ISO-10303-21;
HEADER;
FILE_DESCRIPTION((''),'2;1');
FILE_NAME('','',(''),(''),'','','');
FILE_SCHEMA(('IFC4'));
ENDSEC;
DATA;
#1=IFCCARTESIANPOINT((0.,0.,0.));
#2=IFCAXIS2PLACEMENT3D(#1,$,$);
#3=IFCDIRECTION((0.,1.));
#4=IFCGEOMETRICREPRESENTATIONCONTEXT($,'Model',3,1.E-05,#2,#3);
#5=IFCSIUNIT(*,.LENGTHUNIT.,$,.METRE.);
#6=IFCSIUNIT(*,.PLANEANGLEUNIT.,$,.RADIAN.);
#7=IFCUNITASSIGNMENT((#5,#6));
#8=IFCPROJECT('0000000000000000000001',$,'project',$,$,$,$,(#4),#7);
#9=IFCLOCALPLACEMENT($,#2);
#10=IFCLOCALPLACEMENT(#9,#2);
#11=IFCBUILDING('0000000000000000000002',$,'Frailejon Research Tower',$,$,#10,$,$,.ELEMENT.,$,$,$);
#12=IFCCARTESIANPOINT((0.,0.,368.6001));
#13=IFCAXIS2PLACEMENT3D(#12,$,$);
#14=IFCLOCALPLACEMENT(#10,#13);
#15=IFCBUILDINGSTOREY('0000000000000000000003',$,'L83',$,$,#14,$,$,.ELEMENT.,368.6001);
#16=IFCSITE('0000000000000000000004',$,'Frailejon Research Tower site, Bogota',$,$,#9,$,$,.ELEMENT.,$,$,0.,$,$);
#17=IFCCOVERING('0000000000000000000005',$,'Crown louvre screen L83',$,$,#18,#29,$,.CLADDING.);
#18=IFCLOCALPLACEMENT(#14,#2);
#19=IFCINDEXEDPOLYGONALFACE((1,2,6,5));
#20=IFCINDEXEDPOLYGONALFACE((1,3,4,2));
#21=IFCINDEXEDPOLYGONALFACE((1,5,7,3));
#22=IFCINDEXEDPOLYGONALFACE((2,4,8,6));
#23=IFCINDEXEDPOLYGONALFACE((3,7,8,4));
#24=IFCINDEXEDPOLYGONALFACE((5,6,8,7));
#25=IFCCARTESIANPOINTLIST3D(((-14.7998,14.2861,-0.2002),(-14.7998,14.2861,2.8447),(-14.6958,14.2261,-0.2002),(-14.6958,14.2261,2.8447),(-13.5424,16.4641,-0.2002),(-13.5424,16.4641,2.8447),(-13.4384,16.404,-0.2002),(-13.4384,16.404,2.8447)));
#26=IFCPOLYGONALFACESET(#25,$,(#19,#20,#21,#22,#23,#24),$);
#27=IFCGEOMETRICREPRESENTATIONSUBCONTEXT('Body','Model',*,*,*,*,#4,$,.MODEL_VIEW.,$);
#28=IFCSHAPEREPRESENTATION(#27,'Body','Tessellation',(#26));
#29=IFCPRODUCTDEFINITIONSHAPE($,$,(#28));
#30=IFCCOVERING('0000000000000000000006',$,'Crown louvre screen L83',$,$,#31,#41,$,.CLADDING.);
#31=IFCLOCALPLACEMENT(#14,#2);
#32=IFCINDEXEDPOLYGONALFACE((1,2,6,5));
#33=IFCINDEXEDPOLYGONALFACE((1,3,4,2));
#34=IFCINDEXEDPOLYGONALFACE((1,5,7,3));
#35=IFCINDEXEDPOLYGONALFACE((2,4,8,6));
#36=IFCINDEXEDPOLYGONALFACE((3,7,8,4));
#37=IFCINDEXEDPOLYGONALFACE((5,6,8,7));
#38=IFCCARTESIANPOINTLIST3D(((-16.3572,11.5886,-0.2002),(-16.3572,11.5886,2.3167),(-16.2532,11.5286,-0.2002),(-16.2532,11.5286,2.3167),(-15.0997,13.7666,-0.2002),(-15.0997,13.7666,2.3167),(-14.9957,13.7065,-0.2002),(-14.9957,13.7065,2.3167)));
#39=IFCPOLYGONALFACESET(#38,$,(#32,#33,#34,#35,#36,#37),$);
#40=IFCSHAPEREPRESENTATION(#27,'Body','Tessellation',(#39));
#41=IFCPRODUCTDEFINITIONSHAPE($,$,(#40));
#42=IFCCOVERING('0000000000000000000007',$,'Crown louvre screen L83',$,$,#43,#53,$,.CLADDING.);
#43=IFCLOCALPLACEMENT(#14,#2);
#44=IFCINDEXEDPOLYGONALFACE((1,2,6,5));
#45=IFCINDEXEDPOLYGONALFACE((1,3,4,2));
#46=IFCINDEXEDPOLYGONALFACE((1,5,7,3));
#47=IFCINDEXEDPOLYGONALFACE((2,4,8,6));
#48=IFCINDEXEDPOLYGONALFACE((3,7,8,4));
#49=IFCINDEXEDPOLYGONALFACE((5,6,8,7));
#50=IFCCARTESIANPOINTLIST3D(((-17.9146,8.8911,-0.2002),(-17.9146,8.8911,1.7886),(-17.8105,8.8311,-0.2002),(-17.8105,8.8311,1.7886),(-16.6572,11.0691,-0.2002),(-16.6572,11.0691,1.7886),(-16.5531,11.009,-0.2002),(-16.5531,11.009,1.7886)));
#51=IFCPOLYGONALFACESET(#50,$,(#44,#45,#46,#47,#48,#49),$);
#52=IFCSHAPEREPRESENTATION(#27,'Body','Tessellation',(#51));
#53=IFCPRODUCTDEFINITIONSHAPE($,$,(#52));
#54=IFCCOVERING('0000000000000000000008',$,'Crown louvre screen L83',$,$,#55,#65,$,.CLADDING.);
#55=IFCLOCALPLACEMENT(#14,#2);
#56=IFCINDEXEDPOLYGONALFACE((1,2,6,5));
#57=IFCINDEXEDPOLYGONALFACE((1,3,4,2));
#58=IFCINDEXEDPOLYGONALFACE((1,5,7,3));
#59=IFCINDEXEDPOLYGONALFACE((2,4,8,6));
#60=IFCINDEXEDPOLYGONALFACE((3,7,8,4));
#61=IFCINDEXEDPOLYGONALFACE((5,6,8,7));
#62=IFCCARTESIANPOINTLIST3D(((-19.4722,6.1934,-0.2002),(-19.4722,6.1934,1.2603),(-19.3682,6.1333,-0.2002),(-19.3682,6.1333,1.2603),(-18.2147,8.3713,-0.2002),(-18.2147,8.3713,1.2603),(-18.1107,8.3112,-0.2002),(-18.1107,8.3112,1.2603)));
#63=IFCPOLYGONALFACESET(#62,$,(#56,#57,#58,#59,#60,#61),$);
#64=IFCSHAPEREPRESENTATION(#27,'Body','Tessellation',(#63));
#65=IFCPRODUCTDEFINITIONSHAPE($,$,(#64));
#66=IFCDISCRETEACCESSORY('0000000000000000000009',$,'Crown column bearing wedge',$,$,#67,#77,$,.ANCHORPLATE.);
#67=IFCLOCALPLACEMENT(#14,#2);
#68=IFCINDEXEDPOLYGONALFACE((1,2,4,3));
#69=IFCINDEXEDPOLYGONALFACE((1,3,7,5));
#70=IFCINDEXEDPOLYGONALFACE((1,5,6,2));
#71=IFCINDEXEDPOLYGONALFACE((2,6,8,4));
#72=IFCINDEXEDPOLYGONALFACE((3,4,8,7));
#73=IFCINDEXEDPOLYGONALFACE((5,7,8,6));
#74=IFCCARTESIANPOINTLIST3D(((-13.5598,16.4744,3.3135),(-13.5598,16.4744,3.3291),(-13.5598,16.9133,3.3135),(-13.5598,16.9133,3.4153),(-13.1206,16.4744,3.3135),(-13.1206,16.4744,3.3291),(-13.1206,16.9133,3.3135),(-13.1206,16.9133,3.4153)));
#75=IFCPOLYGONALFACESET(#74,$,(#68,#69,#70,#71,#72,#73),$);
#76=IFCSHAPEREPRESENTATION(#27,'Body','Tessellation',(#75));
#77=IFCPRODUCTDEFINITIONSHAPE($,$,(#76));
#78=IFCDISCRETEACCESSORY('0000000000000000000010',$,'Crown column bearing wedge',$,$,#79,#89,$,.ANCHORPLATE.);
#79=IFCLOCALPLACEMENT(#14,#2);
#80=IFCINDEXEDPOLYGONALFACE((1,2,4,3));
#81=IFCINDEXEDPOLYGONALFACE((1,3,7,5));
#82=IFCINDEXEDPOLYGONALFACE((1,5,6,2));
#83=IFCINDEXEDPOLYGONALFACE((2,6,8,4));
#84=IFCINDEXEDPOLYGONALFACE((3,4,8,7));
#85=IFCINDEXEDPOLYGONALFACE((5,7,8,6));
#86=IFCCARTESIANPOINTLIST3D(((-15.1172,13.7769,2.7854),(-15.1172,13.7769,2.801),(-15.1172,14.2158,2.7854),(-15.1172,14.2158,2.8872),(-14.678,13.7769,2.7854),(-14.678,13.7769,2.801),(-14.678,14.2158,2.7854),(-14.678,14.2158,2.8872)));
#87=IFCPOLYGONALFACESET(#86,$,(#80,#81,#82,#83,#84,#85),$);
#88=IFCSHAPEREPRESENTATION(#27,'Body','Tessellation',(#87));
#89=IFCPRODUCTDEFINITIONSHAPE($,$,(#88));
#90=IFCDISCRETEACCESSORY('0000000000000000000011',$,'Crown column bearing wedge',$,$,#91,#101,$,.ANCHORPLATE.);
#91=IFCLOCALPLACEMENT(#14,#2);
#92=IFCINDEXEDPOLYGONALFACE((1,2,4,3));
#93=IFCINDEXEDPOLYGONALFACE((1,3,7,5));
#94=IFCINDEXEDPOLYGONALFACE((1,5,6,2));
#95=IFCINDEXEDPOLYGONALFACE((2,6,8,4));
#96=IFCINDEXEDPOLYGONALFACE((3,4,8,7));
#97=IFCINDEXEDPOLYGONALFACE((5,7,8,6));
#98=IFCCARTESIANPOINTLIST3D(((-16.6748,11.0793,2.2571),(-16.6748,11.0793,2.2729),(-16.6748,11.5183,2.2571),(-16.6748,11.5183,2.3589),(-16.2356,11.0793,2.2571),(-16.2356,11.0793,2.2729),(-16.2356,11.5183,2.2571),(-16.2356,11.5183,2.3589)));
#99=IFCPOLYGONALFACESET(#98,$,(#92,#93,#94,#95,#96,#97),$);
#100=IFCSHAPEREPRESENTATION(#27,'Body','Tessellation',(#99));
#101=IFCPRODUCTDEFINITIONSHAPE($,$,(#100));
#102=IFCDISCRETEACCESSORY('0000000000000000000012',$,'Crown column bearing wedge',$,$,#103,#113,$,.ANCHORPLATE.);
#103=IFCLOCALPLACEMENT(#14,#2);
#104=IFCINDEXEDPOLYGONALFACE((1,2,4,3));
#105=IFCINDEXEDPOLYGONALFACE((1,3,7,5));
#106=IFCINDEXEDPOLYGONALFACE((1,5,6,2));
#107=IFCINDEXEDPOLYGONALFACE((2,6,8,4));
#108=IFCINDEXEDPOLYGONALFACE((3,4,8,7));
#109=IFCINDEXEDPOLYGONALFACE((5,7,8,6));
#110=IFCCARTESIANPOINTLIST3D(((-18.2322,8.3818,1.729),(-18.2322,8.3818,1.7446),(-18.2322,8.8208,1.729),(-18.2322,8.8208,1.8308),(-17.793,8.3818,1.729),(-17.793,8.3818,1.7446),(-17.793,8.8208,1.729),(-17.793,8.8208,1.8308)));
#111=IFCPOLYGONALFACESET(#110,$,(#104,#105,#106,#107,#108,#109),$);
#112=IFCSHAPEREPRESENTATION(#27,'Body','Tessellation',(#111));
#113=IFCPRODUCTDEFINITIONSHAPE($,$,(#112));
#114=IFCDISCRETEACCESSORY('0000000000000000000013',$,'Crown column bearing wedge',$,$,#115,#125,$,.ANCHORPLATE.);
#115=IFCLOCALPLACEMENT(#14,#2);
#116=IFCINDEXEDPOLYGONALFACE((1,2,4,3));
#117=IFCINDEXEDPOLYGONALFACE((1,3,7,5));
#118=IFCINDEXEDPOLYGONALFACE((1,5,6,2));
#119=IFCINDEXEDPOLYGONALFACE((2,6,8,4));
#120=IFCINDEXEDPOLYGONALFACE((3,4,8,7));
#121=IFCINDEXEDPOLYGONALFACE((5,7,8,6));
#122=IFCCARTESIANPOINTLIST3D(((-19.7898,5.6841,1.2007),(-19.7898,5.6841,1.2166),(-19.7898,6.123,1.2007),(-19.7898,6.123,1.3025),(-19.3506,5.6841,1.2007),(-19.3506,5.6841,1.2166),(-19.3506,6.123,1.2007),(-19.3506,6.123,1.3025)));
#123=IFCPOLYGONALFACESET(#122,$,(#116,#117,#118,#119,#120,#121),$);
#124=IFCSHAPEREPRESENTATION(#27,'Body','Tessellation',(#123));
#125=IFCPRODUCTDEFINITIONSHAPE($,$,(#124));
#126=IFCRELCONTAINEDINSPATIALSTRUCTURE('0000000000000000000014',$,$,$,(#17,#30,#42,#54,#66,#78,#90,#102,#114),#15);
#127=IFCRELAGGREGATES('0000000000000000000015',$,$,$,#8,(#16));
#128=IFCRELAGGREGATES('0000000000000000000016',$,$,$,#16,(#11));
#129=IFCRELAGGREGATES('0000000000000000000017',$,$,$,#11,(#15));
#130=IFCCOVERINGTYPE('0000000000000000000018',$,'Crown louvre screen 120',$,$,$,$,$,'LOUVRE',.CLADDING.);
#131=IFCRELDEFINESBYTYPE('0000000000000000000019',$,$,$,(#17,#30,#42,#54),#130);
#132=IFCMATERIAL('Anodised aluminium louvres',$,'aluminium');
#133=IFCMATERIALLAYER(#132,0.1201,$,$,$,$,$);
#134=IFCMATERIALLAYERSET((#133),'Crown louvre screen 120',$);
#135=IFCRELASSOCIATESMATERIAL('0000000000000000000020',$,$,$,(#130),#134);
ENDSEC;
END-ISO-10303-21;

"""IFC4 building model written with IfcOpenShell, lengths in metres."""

from ifc_helpers import new_model, si_unit, direction, frame, origin, place, context, subcontext, project, spatial, polyline, outline, extrude, material, layer, layer_set, type_object, element, save


model = new_model("IFC4")

# Units and contexts
model_context = context("Model", 3, precision=1e-05, world=origin(), true_north=direction((0.0, 1.0)))
body_context = subcontext(model_context, "Body", "Model", "MODEL_VIEW")
ifc_project = project(units=[si_unit("LENGTHUNIT", "METRE"), si_unit("PLANEANGLEUNIT", "RADIAN")], contexts=[model_context])

# Site, building, storey
site_placement = place(None, origin())
site = spatial("IfcSite", under=ifc_project, at=site_placement, Name="Frailejon Research Tower site, Bogota", CompositionType="ELEMENT", RefElevation=0.0)
building_placement = place(site_placement, origin())
building = spatial("IfcBuilding", under=site, at=building_placement, Name="Frailejon Research Tower", CompositionType="ELEMENT")
storey_placement = place(building_placement, frame((0.0, 0.0, 368.6001)))
storey = spatial("IfcBuildingStorey", under=building, at=storey_placement, Name="L83", CompositionType="ELEMENT", Elevation=368.6001)

# Coverings
ifc_material_1 = material(Name="Anodised aluminium louvres", Category="aluminium")
ifc_layer_1 = layer(ifc_material_1, 0.1201)
ifc_layer_set_1 = layer_set([ifc_layer_1], Name="Crown louvre screen 120")
covering_type = type_object("IfcCoveringType", Name="Crown louvre screen 120", ElementType="LOUVRE", PredefinedType="CLADDING", material=ifc_layer_set_1)
covering_1_placement = place(storey_placement, frame((-14.7478, 14.2561, -0.2002), z_axis=(0.499997, 0.866027, 0.0), x_axis=(-0.866027, 0.499997, 0.0)))
element("IfcCovering", 1, at=covering_1_placement, inside=storey, type_object=covering_type, Name="Crown louvre screen L83", PredefinedType="CLADDING", context=body_context, shape_type="SweptSolid", body=[
    extrude(outline(polyline([(-0.0601, 0.0), (0.0601, 0.0), (0.0601, 3.0449), (-0.0601, 3.0449), (-0.0601, 0.0)])), origin(), (0.0, 0.0, 1.0), 2.5149),
])
covering_2_placement = place(storey_placement, frame((-16.3052, 11.5586, -0.2002), z_axis=(0.500009, 0.86602, 0.0), x_axis=(-0.86602, 0.500009, 0.0)))
element("IfcCovering", 2, at=covering_2_placement, inside=storey, type_object=covering_type, Name="Crown louvre screen L83", PredefinedType="CLADDING", context=body_context, shape_type="SweptSolid", body=[
    extrude(outline(polyline([(-0.0601, 0.0), (0.0601, 0.0), (0.0601, 2.5168), (-0.0601, 2.5168), (-0.0601, 0.0)])), origin(), (0.0, 0.0, 1.0), 2.5149),
])
covering_3_placement = place(storey_placement, frame((-17.8625, 8.8611, -0.2002), z_axis=(0.499979, 0.866037, 0.0), x_axis=(-0.866037, 0.499979, 0.0)))
element("IfcCovering", 3, at=covering_3_placement, inside=storey, type_object=covering_type, Name="Crown louvre screen L83", PredefinedType="CLADDING", context=body_context, shape_type="SweptSolid", body=[
    extrude(outline(polyline([(-0.0601, 0.0), (0.0601, 0.0), (0.0601, 1.9888), (-0.0601, 1.9888), (-0.0601, 0.0)])), origin(), (0.0, 0.0, 1.0), 2.5149),
])
covering_4_placement = place(storey_placement, frame((-19.4202, 6.1633, -0.2002), z_axis=(0.500009, 0.86602, 0.0), x_axis=(-0.86602, 0.500009, 0.0)))
element("IfcCovering", 4, at=covering_4_placement, inside=storey, type_object=covering_type, Name="Crown louvre screen L83", PredefinedType="CLADDING", context=body_context, shape_type="SweptSolid", body=[
    extrude(outline(polyline([(-0.0601, 0.0), (0.0601, 0.0), (0.0601, 1.4604), (-0.0601, 1.4604), (-0.0601, 0.0)])), origin(), (0.0, 0.0, 1.0), 2.5149),
])

# Discrete accessories
for number, where, z_axis, x_axis, name in (
    (5, (-13.5598, 16.6938, 3.3135), (1.0, 0.0, 0.0), (0.0, 1.0, 0.0), "Crown column bearing wedge"),
    (6, (-15.1172, 13.9963, 2.7854), (1.0, 0.0, 0.0), (0.0, 1.0, 0.0), "Crown column bearing wedge"),
):
    element("IfcDiscreteAccessory", number, at=place(storey_placement, frame(where, z_axis=z_axis, x_axis=x_axis)), inside=storey, Name=name, PredefinedType="ANCHORPLATE", context=body_context, shape_type="SweptSolid", body=[
        extrude(outline(polyline([(-0.2195, 0.0), (0.2195, 0.0), (0.2195, 0.1018), (-0.2195, 0.0156), (-0.2195, 0.0)])), origin(), (0.0, 0.0, 1.0), 0.4392),
    ])
discrete_accessory_1_placement = place(storey_placement, frame((-16.6748, 11.2988, 2.2571), z_axis=(1.0, 0.0, 0.0), x_axis=(0.0, 1.0, 0.0)))
element("IfcDiscreteAccessory", 7, at=discrete_accessory_1_placement, inside=storey, Name="Crown column bearing wedge", PredefinedType="ANCHORPLATE", context=body_context, shape_type="SweptSolid", body=[
    extrude(outline(polyline([(-0.2195, 0.0), (0.2195, 0.0), (0.2195, 0.1018), (-0.2195, 0.0159), (-0.2195, 0.0)])), origin(), (0.0, 0.0, 1.0), 0.4392),
])
discrete_accessory_2_placement = place(storey_placement, frame((-18.2322, 8.6013, 1.729), z_axis=(1.0, 0.0, 0.0), x_axis=(0.0, 1.0, 0.0)))
element("IfcDiscreteAccessory", 8, at=discrete_accessory_2_placement, inside=storey, Name="Crown column bearing wedge", PredefinedType="ANCHORPLATE", context=body_context, shape_type="SweptSolid", body=[
    extrude(outline(polyline([(-0.2195, 0.0), (0.2195, 0.0), (0.2195, 0.1018), (-0.2195, 0.0156), (-0.2195, 0.0)])), origin(), (0.0, 0.0, 1.0), 0.4392),
])
discrete_accessory_3_placement = place(storey_placement, frame((-19.7898, 5.9036, 1.2007), z_axis=(1.0, 0.0, 0.0), x_axis=(0.0, 1.0, 0.0)))
element("IfcDiscreteAccessory", 9, at=discrete_accessory_3_placement, inside=storey, Name="Crown column bearing wedge", PredefinedType="ANCHORPLATE", context=body_context, shape_type="SweptSolid", body=[
    extrude(outline(polyline([(-0.2195, 0.0), (0.2195, 0.0), (0.2195, 0.1018), (-0.2195, 0.0159), (-0.2195, 0.0)])), origin(), (0.0, 0.0, 1.0), 0.4392),
])

save(model, "model.ifc")
